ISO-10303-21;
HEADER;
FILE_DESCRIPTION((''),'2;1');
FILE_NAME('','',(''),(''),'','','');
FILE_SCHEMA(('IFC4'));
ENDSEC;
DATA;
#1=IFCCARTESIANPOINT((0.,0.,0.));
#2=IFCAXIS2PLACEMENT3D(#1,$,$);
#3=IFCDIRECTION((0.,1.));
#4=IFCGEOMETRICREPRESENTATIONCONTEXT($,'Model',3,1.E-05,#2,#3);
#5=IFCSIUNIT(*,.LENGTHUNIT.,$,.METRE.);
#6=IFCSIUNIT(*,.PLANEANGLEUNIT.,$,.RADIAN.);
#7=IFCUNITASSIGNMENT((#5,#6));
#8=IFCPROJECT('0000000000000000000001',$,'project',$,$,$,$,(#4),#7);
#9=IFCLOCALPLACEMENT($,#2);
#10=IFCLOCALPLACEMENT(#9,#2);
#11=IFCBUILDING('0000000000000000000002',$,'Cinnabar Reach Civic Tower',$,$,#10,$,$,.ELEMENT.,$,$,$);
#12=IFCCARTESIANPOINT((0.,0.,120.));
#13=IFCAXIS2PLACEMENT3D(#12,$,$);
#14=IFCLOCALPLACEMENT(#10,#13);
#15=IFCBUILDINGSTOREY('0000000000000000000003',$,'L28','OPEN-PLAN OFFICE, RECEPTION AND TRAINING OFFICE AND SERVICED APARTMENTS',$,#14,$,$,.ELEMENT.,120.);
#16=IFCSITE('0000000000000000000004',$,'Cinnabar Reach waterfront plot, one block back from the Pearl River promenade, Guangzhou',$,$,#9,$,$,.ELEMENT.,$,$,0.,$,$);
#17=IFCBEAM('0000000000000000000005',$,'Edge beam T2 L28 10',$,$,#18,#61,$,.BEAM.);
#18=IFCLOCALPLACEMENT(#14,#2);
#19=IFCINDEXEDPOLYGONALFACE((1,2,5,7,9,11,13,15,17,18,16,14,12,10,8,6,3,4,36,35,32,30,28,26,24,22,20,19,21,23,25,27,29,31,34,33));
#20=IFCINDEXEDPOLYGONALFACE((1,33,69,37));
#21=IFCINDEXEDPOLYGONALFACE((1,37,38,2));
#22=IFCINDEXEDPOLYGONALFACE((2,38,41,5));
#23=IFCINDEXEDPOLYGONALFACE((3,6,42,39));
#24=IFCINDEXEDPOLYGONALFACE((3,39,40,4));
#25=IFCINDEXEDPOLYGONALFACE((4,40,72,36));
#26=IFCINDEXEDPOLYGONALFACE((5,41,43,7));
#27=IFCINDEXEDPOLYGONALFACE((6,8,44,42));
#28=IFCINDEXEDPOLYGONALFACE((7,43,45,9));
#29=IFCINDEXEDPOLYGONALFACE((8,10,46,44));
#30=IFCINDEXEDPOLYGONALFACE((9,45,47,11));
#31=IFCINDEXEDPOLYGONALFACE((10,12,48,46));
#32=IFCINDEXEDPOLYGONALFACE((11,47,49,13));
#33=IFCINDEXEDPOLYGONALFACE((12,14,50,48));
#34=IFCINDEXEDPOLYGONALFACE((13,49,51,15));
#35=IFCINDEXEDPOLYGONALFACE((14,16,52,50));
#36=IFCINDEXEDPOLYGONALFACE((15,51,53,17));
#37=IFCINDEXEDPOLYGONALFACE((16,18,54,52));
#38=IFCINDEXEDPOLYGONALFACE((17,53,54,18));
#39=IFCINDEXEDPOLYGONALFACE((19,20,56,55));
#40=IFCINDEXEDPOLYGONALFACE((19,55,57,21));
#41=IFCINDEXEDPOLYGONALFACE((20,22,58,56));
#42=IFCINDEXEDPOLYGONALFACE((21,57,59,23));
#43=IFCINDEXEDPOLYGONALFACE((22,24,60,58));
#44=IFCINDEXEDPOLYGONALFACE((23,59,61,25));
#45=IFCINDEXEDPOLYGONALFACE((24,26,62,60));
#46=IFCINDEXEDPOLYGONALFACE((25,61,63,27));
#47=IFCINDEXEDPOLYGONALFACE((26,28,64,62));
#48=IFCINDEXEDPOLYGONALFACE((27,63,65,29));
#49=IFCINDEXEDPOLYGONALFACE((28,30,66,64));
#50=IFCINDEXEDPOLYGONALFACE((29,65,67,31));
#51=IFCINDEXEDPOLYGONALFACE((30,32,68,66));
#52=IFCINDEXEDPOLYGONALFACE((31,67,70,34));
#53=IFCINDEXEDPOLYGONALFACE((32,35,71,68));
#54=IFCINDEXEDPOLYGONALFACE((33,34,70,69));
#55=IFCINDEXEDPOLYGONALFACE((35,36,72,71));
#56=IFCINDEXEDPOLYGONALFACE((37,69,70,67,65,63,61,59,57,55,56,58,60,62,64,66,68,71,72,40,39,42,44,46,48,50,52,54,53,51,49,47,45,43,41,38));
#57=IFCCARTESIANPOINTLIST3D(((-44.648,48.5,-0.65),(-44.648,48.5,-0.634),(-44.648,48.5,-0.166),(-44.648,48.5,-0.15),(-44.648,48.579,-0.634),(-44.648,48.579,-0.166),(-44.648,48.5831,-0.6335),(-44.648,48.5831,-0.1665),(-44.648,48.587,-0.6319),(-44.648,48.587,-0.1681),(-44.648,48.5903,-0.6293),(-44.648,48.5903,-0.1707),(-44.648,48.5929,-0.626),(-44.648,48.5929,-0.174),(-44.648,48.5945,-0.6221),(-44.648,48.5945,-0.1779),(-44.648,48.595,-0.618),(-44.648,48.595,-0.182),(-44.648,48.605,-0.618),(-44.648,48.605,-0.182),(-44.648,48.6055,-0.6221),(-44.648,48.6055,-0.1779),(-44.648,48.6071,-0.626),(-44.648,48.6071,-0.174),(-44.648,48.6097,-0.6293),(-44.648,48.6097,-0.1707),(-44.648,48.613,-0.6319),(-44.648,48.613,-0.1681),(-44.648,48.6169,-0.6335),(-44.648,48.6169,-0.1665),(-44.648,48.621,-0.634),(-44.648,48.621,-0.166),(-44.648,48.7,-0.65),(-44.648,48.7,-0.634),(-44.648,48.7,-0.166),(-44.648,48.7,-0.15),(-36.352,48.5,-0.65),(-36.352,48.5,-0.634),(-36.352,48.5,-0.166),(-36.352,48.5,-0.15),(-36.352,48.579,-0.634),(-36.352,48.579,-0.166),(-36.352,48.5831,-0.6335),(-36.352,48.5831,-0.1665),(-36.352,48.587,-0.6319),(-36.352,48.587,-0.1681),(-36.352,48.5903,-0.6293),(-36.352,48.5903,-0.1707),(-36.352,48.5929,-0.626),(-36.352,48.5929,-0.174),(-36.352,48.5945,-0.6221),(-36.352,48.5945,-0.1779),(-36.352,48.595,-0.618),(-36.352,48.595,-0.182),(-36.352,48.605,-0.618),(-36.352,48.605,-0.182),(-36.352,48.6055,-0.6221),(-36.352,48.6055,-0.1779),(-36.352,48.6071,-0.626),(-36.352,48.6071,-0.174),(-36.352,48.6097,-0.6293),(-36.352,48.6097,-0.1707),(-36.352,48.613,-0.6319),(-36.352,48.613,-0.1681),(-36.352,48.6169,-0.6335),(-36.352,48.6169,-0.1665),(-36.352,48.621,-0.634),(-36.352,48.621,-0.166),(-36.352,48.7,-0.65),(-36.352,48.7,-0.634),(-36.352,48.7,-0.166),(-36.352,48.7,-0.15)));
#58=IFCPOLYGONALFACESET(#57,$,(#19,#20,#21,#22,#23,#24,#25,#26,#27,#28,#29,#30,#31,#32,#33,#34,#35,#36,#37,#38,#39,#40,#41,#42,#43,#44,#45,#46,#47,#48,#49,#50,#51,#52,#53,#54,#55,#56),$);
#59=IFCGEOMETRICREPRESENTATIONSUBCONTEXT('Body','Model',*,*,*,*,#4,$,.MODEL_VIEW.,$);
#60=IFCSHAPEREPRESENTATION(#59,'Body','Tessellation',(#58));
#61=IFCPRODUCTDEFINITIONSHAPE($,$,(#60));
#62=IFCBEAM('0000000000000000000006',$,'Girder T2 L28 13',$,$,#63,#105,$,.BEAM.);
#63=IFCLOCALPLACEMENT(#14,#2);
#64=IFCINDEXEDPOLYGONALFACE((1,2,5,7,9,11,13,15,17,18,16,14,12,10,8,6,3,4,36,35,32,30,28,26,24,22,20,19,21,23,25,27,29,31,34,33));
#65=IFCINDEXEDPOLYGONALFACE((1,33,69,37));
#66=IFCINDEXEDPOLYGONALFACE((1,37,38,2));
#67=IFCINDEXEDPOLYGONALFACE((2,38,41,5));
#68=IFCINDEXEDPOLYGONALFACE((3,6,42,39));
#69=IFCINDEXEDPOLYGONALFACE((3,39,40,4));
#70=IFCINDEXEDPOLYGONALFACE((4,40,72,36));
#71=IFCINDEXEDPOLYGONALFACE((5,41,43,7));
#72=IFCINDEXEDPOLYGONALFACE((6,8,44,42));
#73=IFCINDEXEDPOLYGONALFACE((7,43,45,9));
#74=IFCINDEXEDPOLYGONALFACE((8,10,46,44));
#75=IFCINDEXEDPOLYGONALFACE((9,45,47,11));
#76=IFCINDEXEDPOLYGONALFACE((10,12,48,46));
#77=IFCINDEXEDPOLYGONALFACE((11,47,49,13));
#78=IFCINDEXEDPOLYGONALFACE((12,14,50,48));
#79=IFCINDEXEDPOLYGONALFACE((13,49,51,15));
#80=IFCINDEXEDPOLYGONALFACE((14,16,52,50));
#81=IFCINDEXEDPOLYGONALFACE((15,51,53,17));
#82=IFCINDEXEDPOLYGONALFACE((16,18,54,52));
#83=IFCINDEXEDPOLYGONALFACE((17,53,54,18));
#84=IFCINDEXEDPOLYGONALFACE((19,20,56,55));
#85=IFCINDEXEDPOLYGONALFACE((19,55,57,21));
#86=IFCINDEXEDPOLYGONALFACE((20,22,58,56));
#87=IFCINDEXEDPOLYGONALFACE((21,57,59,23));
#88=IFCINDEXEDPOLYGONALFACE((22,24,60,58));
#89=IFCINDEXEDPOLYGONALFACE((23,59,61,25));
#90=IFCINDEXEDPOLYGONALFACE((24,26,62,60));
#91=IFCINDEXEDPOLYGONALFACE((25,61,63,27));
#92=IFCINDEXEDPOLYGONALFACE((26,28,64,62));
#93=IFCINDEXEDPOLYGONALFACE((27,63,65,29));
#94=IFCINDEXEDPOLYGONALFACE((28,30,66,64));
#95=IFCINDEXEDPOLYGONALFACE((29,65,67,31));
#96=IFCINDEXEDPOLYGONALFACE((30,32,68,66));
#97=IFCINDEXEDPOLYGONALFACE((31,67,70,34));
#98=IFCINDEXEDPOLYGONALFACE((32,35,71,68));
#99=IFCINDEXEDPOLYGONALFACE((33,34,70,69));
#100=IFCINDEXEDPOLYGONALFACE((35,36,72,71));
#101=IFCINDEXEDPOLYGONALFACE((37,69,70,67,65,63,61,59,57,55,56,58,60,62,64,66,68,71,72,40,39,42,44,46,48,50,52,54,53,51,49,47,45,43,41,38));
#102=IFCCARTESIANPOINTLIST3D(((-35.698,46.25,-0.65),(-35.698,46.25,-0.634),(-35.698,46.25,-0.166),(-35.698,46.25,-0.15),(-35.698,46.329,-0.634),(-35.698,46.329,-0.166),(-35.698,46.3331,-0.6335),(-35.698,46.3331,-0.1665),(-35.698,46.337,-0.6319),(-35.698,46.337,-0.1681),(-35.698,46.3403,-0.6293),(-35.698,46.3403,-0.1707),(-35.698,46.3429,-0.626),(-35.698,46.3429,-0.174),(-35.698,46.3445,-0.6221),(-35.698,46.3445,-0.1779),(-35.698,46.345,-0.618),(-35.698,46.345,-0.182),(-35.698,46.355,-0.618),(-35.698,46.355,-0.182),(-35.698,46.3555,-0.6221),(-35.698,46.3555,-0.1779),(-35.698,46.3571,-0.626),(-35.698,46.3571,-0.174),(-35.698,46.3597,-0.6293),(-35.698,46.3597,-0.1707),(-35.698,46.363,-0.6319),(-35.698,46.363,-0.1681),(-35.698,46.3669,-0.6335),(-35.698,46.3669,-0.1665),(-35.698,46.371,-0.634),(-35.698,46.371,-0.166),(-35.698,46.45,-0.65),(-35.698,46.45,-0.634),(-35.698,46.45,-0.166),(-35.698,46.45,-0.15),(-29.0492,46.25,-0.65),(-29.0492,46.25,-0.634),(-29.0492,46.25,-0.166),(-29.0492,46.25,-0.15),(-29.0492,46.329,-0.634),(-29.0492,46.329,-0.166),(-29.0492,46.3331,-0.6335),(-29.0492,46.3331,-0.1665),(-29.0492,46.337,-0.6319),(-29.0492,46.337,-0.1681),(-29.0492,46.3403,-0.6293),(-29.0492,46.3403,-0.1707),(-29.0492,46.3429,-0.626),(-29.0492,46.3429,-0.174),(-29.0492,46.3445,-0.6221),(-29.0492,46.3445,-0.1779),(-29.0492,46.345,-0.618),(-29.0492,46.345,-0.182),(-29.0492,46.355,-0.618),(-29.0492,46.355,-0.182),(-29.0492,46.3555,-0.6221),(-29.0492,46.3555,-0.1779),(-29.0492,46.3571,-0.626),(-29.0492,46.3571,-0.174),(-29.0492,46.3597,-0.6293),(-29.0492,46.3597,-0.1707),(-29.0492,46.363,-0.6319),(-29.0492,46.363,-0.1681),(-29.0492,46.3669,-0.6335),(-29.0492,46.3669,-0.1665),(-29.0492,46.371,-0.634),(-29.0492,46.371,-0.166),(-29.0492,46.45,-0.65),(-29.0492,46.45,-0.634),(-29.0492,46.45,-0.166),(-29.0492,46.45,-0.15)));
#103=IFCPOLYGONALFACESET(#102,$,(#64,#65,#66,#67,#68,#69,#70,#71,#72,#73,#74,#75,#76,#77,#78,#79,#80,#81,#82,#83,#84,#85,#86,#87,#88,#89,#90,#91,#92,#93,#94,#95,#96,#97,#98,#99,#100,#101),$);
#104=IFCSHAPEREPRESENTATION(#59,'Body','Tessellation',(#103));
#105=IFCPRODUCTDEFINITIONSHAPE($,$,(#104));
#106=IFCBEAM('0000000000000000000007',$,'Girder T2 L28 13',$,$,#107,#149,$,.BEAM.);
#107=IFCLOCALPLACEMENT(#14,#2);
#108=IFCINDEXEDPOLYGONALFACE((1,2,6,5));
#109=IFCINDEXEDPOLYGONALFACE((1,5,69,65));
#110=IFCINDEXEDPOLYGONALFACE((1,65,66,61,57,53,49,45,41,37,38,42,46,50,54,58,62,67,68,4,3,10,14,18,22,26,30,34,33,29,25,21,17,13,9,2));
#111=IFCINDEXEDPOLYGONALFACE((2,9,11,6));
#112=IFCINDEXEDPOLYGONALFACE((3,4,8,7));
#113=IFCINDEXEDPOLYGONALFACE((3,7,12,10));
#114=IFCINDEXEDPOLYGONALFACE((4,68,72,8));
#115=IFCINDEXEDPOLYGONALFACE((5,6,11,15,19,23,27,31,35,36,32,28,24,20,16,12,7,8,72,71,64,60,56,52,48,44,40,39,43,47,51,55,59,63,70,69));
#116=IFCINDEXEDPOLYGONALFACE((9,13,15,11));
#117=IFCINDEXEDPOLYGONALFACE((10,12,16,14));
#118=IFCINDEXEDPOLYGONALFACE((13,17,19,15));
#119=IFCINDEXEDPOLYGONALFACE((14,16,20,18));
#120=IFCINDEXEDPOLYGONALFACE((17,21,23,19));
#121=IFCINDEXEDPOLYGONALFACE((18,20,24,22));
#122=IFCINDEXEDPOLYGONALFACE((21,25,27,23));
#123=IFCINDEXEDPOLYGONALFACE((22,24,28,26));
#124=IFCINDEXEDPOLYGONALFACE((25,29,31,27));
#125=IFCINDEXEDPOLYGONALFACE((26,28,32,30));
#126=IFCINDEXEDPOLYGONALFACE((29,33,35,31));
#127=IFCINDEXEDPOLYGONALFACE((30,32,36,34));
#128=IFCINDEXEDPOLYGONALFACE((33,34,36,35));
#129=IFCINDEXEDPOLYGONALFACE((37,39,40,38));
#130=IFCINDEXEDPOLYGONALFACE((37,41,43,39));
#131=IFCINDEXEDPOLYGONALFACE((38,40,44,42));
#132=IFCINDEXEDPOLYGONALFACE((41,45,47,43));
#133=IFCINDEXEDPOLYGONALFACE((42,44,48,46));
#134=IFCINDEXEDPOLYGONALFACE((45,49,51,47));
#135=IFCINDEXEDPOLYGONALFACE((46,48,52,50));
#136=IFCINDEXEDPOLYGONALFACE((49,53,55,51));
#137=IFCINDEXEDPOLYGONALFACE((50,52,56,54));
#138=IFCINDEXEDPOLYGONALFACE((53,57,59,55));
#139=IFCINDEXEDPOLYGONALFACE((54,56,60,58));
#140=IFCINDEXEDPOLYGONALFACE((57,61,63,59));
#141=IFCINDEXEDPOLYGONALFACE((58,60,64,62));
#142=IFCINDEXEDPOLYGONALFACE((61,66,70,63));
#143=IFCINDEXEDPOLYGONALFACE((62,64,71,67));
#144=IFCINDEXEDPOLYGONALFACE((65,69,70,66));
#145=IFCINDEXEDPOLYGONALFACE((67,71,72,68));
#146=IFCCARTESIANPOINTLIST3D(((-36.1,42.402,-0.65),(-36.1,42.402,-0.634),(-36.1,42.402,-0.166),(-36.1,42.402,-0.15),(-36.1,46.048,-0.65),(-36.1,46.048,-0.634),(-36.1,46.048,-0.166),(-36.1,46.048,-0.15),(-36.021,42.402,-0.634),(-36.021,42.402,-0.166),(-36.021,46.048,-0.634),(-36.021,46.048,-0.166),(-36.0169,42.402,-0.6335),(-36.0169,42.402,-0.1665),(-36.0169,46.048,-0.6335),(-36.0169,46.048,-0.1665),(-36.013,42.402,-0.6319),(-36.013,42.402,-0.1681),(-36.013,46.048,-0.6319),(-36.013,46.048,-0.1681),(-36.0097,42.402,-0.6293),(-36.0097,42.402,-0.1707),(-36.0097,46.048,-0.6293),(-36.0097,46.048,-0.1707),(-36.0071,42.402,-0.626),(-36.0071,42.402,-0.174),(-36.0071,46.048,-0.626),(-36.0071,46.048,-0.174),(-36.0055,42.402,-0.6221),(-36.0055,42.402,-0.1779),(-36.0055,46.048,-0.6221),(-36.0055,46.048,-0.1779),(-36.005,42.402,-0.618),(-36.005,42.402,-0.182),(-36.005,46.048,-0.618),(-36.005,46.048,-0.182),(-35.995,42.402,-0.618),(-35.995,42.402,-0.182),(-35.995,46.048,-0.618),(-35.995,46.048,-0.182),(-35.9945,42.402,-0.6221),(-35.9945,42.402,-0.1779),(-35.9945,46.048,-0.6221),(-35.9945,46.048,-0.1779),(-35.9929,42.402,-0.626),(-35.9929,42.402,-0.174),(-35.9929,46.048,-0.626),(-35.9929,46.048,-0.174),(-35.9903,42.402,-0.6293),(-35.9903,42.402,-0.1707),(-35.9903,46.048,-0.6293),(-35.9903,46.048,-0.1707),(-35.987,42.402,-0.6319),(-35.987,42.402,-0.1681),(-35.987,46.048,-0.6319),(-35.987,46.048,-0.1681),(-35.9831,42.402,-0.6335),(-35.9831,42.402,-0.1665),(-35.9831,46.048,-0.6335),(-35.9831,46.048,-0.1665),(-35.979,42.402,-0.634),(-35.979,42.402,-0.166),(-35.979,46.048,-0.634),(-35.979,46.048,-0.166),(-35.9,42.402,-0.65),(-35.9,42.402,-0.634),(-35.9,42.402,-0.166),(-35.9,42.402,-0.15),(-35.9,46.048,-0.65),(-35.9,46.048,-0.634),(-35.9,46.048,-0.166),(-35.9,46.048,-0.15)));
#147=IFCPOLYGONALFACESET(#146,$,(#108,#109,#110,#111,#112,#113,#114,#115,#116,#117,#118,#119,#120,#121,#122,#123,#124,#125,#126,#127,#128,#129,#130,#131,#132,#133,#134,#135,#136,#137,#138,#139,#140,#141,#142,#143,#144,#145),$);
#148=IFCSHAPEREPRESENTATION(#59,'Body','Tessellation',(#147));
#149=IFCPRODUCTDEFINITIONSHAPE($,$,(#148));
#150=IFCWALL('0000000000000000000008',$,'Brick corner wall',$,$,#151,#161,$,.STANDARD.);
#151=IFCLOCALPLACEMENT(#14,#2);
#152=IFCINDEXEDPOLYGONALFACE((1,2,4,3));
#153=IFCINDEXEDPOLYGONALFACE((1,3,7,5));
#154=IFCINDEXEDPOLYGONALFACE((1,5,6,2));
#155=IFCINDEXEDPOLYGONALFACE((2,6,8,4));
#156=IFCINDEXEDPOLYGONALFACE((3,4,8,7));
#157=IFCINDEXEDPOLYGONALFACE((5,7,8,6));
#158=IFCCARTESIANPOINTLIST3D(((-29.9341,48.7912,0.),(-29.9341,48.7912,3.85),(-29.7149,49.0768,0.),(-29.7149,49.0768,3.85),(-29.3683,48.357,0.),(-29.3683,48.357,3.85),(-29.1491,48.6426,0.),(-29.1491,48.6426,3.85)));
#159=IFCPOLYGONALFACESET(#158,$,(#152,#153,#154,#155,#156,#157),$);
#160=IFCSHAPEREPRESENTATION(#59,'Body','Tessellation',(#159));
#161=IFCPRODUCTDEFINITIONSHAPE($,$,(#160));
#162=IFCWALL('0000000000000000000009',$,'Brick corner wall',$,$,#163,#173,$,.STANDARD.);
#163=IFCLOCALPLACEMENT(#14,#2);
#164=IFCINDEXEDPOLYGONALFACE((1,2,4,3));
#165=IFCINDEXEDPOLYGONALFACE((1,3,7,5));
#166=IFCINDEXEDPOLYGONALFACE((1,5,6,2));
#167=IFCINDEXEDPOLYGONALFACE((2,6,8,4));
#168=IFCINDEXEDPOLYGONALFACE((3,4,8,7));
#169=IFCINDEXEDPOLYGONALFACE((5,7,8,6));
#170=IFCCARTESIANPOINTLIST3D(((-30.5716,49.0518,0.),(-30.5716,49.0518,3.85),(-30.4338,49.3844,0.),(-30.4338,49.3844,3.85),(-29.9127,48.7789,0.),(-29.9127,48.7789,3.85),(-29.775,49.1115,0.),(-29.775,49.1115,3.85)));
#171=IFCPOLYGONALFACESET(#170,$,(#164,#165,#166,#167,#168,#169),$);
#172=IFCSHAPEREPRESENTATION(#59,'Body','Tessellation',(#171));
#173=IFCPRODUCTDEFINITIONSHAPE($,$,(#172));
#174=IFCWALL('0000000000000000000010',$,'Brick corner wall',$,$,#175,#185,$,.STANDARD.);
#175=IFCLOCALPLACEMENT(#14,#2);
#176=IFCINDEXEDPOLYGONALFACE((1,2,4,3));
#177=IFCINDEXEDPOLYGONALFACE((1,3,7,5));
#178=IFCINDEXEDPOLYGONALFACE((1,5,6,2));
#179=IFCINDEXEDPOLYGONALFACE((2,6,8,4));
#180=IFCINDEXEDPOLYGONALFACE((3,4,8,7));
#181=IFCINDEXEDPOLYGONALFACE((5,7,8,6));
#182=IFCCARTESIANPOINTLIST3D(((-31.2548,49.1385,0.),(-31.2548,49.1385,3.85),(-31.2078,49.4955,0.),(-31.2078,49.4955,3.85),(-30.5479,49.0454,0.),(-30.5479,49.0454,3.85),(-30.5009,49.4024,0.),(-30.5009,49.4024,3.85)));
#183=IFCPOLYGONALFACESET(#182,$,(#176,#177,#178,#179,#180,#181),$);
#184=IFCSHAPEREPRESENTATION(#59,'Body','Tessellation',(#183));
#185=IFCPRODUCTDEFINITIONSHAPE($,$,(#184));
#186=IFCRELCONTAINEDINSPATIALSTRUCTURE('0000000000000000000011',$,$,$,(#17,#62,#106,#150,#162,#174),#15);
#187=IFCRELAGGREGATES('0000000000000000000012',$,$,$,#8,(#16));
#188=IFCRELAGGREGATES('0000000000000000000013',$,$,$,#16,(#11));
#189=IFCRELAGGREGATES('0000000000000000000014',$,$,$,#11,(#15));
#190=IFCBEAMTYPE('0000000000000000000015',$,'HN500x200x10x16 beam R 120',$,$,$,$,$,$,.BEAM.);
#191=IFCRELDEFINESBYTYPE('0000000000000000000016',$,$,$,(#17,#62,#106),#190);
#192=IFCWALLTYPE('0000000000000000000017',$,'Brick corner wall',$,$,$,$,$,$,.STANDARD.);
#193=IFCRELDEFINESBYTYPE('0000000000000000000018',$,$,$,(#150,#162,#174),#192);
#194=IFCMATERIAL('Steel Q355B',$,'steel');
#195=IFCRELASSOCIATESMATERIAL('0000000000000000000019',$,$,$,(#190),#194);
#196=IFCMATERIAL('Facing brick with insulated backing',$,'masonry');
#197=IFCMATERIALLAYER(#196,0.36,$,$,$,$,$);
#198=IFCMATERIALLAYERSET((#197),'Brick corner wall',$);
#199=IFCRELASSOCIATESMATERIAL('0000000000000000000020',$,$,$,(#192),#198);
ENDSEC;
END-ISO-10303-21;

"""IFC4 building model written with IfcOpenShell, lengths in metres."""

from ifc_helpers import new_model, si_unit, direction, frame, frame_2d, origin, origin_2d, place, context, subcontext, project, spatial, rectangle, i_section, extrude, material, layer, layer_set, material_profile, profile_set, type_object, element, save


model = new_model("IFC4")

# Units and contexts
model_context = context("Model", 3, precision=1e-05, world=origin(), true_north=direction((0.0, 1.0)))
body_context = subcontext(model_context, "Body", "Model", "MODEL_VIEW")
ifc_project = project(units=[si_unit("LENGTHUNIT", "METRE"), si_unit("PLANEANGLEUNIT", "RADIAN")], contexts=[model_context])

# Site, building, storey
site_placement = place(None, origin())
site = spatial("IfcSite", under=ifc_project, at=site_placement, Name="Cinnabar Reach waterfront plot, one block back from the Pearl River promenade, Guangzhou", CompositionType="ELEMENT", RefElevation=0.0)
building_placement = place(site_placement, origin())
building = spatial("IfcBuilding", under=site, at=building_placement, Name="Cinnabar Reach Civic Tower", CompositionType="ELEMENT")
storey_placement = place(building_placement, frame((0.0, 0.0, 120.0)))
storey = spatial("IfcBuildingStorey", under=building, at=storey_placement, Name="L28", Description="OPEN-PLAN OFFICE, RECEPTION AND TRAINING OFFICE AND SERVICED APARTMENTS", CompositionType="ELEMENT", Elevation=120.0)

# Beams
ifc_material_1 = material(Name="Steel Q355B", Category="steel")
ifc_material_profile_1 = material_profile(ifc_material_1, i_section(OverallWidth=0.2, OverallDepth=0.5, WebThickness=0.01, FlangeThickness=0.016, FilletRadius=0.016, at=origin_2d()), Name="HN500x200x10x16")
ifc_profile_set_1 = profile_set([ifc_material_profile_1], Name="Steel Q355B")
beam_type_1 = type_object("IfcBeamType", Name="HN500x200x10x16 beam R 120", PredefinedType="BEAM", material=ifc_profile_set_1)
beam_1_placement = place(storey_placement, frame((-36.352, 48.6, -0.4), z_axis=(-1.0, 0.0, 0.0), x_axis=(0.0, -1.0, 0.0)))
element("IfcBeam", 1, at=beam_1_placement, inside=storey, type_object=beam_type_1, Name="Edge beam T2 L28 10", PredefinedType="BEAM", context=body_context, shape_type="SweptSolid", body=[
    extrude(i_section(OverallWidth=0.2, OverallDepth=0.5, WebThickness=0.01, FlangeThickness=0.016, FilletRadius=0.016, at=origin_2d()), origin(), (0.0, 0.0, 1.0), 8.296),
])
beam_2_placement = place(storey_placement, frame((-35.698, 46.35, -0.4), z_axis=(1.0, 0.0, 0.0), x_axis=(0.0, 1.0, 0.0)))
element("IfcBeam", 2, at=beam_2_placement, inside=storey, type_object=beam_type_1, Name="Girder T2 L28 13", PredefinedType="BEAM", context=body_context, shape_type="SweptSolid", body=[
    extrude(i_section(OverallWidth=0.2, OverallDepth=0.5, WebThickness=0.01, FlangeThickness=0.016, FilletRadius=0.016, at=origin_2d()), origin(), (0.0, 0.0, 1.0), 6.6488),
])
beam_3_placement = place(storey_placement, frame((-36.0, 42.402, -0.4), z_axis=(0.0, 1.0, 0.0), x_axis=(-1.0, 0.0, 0.0)))
element("IfcBeam", 3, at=beam_3_placement, inside=storey, type_object=beam_type_1, Name="Girder T2 L28 13", PredefinedType="BEAM", context=body_context, shape_type="SweptSolid", body=[
    extrude(i_section(OverallWidth=0.2, OverallDepth=0.5, WebThickness=0.01, FlangeThickness=0.016, FilletRadius=0.016, at=origin_2d()), origin(), (0.0, 0.0, 1.0), 3.646),
])

# Walls
ifc_material_2 = material(Name="Facing brick with insulated backing", Category="masonry")
ifc_layer_1 = layer(ifc_material_2, 0.36)
ifc_layer_set_1 = layer_set([ifc_layer_1], Name="Brick corner wall")
wall_type_1 = type_object("IfcWallType", Name="Brick corner wall", PredefinedType="STANDARD", material=ifc_layer_set_1)
wall_1_placement = place(storey_placement, frame((-29.2587, 48.4998, 0.0), z_axis=(0.0, 0.0, 1.0), x_axis=(-0.793322, 0.608802, 0.0)))
element("IfcWall", 4, at=wall_1_placement, inside=storey, type_object=wall_type_1, Name="Brick corner wall", PredefinedType="STANDARD", context=body_context, shape_type="SweptSolid", body=[
    extrude(rectangle(XDim=0.7132, YDim=0.36, at=frame_2d((0.3566, 0.0))), origin(), (0.0, 0.0, 1.0), 3.85),
])
for number, where, z_axis, x_axis, name in (
    (5, (-29.8439, 48.9452, 0.0), (0.0, 0.0, 1.0), (-0.923872, 0.382703, 0.0), "Brick corner wall"),
    (6, (-30.5244, 49.2239, 0.0), (0.0, 0.0, 1.0), (-0.991441, 0.130556, 0.0), "Brick corner wall"),
):
    element("IfcWall", number, at=place(storey_placement, frame(where, z_axis=z_axis, x_axis=x_axis)), inside=storey, type_object=wall_type_1, Name=name, PredefinedType="STANDARD", context=body_context, shape_type="SweptSolid", body=[
        extrude(rectangle(XDim=0.7131, YDim=0.36, at=frame_2d((0.3565, 0.0))), origin(), (0.0, 0.0, 1.0), 3.85),
    ])

save(model, "model.ifc")
